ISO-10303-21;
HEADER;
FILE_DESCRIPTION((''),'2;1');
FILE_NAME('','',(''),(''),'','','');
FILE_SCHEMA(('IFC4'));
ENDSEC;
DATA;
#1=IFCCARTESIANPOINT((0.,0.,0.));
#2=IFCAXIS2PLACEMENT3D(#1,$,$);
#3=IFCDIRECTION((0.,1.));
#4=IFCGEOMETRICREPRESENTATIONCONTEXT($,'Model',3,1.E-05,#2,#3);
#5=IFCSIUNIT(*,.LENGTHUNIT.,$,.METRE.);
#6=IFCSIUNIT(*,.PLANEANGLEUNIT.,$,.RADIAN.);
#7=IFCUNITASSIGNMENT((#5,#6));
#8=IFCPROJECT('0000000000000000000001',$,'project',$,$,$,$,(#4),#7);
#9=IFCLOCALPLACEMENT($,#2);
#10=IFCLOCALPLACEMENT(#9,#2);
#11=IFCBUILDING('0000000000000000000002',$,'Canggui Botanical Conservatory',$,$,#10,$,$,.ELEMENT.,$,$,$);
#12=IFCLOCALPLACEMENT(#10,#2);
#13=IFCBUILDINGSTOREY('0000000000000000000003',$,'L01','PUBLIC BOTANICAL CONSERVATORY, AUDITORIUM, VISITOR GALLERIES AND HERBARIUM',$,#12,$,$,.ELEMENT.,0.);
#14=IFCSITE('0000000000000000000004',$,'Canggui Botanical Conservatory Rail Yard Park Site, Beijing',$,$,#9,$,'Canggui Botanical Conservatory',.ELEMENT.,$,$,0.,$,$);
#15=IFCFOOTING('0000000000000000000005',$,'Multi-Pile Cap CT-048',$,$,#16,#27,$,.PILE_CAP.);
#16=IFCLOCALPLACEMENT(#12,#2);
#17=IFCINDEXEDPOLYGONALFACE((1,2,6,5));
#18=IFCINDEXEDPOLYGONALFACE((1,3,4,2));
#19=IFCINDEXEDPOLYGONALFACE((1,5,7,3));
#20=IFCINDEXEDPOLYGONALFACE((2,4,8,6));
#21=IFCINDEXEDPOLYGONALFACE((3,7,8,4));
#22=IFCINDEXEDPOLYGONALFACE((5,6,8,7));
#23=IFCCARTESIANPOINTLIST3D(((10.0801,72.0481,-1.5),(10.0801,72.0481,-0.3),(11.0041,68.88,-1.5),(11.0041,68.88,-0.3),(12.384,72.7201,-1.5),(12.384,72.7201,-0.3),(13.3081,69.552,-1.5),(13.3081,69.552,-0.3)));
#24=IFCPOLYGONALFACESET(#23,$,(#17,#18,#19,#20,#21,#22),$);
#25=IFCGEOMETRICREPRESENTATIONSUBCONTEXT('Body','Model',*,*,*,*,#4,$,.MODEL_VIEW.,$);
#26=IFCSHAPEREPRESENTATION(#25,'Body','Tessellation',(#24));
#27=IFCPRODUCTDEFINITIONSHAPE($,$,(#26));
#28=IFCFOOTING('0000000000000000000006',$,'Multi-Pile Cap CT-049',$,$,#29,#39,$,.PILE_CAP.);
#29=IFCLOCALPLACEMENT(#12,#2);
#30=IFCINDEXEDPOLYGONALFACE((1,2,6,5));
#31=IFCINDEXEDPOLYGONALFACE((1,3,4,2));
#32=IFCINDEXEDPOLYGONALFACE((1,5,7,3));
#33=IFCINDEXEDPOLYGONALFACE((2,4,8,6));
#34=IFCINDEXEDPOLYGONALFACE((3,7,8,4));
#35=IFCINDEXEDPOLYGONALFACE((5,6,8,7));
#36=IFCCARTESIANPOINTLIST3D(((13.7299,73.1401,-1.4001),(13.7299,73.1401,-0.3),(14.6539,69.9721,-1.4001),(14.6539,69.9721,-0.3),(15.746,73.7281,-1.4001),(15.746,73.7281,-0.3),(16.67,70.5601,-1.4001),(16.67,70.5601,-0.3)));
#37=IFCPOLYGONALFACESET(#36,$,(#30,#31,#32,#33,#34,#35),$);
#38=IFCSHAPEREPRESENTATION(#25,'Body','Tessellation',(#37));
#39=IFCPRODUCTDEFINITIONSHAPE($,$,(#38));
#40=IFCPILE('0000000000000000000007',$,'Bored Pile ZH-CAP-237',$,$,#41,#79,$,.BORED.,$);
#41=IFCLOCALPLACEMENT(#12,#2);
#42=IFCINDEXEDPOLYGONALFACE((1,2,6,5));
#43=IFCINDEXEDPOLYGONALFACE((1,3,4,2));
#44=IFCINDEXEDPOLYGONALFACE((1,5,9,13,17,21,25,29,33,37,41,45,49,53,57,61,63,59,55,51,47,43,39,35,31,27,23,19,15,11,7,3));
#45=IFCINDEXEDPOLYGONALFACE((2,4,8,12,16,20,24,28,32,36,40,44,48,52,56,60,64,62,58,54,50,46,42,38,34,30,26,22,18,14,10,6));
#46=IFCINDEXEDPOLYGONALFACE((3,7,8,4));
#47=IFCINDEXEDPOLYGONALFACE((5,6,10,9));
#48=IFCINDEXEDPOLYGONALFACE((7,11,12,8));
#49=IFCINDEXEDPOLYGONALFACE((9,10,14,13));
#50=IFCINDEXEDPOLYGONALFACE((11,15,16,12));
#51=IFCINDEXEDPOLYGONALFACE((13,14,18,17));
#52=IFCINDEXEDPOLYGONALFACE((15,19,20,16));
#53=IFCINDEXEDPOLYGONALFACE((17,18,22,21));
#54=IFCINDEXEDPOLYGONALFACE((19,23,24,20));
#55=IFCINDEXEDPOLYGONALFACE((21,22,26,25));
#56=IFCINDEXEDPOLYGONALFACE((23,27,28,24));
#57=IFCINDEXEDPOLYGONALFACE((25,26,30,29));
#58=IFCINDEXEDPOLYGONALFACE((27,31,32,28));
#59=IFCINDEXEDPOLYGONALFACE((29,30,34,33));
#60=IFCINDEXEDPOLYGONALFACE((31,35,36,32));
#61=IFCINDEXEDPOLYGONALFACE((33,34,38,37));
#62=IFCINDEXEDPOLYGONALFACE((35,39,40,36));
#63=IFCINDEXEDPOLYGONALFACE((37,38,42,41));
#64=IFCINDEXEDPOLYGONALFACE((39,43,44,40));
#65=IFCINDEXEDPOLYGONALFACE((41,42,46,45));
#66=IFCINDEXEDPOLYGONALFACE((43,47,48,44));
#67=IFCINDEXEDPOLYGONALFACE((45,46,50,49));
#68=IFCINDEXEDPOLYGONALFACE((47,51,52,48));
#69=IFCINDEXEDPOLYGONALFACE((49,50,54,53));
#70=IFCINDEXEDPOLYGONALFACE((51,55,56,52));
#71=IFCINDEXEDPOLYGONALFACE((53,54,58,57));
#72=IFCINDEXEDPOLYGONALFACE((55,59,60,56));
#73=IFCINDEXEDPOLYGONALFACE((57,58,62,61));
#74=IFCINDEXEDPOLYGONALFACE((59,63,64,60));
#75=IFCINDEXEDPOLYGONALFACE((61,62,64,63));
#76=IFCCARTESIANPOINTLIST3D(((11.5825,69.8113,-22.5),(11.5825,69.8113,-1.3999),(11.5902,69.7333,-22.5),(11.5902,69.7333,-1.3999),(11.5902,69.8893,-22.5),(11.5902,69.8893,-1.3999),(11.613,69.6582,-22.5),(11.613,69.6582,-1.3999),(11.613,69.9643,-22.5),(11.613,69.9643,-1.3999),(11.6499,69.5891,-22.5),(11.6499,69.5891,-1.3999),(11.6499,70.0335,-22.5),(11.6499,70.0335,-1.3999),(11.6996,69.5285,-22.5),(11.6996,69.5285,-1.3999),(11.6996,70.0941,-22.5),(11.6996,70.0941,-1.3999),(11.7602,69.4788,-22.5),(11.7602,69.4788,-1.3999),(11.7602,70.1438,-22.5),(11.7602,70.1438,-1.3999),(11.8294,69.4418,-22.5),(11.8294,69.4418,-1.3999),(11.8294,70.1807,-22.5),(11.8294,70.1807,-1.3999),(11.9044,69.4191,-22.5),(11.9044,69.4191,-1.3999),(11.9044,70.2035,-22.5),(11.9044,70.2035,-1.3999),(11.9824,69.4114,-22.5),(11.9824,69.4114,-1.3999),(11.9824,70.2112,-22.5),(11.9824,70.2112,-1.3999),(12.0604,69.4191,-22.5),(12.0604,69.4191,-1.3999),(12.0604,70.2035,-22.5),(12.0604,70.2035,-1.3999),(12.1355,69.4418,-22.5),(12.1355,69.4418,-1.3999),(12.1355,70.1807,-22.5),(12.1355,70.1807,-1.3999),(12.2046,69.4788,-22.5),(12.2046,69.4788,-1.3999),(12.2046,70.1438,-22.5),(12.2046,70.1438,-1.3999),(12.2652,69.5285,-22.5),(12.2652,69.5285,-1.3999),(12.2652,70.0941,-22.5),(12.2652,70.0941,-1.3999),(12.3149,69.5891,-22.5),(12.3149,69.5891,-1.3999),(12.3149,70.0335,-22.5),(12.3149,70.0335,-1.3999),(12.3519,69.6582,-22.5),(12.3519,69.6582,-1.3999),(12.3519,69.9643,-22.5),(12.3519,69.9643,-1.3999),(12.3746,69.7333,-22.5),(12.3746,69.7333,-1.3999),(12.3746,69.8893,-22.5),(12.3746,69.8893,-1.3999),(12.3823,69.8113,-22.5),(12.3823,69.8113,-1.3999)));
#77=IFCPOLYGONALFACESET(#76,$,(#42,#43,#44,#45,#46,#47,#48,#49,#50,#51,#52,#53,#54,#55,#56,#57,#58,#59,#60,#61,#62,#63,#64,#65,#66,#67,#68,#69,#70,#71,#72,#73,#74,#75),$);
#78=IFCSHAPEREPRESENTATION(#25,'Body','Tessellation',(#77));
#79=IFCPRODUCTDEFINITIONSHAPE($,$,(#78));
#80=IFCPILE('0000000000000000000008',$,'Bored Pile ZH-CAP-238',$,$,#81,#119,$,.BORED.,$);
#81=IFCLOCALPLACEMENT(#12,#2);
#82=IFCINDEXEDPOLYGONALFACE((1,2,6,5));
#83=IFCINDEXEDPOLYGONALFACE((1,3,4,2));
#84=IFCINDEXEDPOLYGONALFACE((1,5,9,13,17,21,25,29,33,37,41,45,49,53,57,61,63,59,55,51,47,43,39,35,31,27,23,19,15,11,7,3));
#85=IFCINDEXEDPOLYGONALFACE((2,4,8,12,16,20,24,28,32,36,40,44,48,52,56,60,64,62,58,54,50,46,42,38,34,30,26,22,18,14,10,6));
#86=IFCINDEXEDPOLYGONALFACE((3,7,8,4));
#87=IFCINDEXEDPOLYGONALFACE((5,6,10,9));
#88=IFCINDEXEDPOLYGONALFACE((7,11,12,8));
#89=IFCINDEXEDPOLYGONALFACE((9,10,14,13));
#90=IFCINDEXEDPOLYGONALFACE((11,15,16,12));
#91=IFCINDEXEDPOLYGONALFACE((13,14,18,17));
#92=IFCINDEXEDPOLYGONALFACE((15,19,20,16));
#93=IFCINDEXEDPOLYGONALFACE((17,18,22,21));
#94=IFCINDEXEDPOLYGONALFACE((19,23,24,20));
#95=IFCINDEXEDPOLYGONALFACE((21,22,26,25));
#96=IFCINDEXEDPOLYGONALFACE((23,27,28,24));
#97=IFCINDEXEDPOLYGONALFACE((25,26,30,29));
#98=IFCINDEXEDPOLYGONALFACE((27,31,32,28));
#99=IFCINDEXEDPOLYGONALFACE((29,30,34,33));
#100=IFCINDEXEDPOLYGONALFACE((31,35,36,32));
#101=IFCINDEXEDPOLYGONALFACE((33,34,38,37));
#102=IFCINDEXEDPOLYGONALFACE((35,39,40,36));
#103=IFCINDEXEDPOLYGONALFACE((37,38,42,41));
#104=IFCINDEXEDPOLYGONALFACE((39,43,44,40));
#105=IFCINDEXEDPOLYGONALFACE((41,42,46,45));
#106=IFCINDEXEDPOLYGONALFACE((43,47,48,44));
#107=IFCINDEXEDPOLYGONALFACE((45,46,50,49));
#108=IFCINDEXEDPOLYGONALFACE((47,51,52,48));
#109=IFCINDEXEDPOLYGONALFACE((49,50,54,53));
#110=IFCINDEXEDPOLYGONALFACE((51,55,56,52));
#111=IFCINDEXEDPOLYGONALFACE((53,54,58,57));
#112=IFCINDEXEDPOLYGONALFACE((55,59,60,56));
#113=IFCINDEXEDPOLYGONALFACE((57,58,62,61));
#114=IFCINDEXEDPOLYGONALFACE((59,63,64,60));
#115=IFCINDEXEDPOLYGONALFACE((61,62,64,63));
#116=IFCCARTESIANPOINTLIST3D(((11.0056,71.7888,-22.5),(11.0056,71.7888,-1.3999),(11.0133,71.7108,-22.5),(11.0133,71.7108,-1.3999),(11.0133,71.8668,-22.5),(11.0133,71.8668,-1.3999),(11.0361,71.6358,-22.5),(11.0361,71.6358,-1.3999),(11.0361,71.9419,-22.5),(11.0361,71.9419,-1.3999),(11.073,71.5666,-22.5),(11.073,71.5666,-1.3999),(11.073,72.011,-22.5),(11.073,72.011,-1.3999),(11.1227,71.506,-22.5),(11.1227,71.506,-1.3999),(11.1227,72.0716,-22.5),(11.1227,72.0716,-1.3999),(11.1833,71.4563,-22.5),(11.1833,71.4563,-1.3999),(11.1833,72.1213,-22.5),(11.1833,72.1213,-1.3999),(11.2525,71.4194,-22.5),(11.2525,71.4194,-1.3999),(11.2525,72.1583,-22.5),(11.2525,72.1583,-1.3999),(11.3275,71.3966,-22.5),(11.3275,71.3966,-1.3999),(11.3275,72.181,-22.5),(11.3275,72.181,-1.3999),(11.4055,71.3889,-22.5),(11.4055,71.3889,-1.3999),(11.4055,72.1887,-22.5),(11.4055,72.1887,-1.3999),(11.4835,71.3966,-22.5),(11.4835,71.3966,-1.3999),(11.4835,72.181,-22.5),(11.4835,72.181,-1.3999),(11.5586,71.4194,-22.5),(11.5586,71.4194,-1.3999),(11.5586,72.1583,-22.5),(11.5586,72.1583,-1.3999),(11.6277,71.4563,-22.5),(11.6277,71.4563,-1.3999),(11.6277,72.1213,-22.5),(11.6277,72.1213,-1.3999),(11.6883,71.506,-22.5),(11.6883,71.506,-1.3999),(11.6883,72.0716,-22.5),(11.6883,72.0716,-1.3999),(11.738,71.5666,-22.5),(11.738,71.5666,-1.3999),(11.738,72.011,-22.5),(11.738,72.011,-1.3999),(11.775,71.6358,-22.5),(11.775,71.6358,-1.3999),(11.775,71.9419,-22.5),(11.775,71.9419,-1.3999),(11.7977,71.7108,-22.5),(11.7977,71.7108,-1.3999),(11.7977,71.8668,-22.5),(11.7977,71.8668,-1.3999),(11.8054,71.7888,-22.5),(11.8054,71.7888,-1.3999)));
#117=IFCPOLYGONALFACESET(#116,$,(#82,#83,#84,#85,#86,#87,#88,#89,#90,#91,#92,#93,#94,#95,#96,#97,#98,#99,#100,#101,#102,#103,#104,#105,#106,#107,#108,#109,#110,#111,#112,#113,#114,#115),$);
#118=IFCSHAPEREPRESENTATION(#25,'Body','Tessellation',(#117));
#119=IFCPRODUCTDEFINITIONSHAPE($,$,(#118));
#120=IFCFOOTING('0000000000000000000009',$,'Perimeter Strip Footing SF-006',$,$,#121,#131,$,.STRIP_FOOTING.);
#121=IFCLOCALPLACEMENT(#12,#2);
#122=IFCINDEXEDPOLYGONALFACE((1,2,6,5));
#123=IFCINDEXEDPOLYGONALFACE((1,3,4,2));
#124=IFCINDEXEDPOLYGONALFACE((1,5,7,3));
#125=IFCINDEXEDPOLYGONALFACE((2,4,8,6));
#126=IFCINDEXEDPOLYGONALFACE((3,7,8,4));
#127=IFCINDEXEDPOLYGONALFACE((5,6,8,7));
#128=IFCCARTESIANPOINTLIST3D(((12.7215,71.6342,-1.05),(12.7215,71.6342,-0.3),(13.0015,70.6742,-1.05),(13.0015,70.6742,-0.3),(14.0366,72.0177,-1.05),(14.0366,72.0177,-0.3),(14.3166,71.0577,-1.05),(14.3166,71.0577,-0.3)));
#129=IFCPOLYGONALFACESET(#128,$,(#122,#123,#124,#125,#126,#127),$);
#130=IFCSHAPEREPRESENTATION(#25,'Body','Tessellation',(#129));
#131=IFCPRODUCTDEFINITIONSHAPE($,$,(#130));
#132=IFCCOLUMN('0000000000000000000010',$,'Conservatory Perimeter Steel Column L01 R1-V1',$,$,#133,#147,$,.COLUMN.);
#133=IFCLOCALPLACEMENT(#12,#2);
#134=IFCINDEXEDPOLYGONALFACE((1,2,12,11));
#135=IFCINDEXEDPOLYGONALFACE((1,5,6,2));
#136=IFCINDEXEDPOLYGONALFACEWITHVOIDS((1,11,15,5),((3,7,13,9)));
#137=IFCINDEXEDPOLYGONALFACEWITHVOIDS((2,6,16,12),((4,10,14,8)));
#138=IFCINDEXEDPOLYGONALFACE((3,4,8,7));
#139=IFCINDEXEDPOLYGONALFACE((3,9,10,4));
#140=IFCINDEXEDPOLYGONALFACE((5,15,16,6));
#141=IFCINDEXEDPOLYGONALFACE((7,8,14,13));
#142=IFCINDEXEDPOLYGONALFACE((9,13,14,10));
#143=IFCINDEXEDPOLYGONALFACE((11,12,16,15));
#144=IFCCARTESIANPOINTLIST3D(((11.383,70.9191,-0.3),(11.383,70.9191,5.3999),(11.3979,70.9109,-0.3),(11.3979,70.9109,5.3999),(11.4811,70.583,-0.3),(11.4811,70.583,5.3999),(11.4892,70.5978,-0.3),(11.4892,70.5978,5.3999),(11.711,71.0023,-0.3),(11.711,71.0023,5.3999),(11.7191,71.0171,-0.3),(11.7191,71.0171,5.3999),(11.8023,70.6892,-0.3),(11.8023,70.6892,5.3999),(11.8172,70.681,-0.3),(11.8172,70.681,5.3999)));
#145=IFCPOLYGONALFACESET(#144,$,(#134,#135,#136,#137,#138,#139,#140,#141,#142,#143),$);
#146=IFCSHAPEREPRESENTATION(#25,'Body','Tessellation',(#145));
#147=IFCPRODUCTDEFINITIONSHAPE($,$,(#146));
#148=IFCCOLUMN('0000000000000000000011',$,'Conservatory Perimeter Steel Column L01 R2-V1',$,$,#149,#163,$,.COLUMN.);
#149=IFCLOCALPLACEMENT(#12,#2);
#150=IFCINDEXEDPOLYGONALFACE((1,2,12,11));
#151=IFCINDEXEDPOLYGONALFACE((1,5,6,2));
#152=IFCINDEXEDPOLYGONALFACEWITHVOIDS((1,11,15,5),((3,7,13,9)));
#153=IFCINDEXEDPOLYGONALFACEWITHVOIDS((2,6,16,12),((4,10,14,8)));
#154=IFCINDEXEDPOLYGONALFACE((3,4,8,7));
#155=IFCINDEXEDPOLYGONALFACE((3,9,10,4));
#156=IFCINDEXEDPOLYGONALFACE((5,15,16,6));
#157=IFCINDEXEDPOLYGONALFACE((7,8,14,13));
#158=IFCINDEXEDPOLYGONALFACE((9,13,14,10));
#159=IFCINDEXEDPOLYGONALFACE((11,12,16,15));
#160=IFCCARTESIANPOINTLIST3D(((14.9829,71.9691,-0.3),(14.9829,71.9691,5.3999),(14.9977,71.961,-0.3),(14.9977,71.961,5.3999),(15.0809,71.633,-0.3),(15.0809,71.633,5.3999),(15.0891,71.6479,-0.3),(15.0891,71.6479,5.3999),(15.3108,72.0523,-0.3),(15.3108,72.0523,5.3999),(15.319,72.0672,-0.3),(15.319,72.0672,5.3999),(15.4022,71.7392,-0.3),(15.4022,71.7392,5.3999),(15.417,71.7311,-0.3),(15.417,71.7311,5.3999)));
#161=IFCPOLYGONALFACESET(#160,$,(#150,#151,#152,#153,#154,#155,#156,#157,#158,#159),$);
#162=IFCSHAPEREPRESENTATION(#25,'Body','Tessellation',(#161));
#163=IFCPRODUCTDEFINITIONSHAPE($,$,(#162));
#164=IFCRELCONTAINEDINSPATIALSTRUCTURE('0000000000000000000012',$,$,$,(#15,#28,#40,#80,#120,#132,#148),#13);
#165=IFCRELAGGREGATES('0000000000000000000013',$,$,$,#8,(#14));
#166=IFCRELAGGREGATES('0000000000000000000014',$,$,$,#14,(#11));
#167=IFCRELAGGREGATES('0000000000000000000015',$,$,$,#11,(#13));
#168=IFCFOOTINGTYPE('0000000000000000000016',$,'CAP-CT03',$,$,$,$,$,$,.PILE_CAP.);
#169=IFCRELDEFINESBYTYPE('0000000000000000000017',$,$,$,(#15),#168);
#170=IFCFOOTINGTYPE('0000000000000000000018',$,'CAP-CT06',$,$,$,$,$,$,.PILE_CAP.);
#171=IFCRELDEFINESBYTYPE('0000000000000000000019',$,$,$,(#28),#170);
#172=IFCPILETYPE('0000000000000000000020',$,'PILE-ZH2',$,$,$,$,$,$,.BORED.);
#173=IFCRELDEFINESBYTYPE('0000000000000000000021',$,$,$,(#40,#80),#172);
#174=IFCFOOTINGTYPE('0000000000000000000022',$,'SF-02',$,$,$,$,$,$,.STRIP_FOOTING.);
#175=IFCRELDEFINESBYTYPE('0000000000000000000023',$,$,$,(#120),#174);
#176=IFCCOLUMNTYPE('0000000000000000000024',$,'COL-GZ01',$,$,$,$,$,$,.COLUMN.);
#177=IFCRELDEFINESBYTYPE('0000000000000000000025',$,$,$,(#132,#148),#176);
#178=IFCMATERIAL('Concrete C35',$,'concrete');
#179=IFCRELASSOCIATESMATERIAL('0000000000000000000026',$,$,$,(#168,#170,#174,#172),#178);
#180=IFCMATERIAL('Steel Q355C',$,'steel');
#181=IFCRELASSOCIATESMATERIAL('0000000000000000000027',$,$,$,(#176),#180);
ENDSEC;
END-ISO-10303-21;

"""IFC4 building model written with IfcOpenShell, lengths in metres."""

from ifc_helpers import new_model, si_unit, direction, frame, origin, origin_2d, place, context, subcontext, project, spatial, rectangle, hollow_rectangle, circle, extrude, material, material_profile, profile_set, type_object, element, save


model = new_model("IFC4")

# Units and contexts
model_context = context("Model", 3, precision=1e-05, world=origin(), true_north=direction((0.0, 1.0)))
body_context = subcontext(model_context, "Body", "Model", "MODEL_VIEW")
ifc_project = project(units=[si_unit("LENGTHUNIT", "METRE"), si_unit("PLANEANGLEUNIT", "RADIAN")], contexts=[model_context])

# Site, building, storey
site_placement = place(None, origin())
site = spatial("IfcSite", under=ifc_project, at=site_placement, Name="Canggui Botanical Conservatory Rail Yard Park Site, Beijing", LongName="Canggui Botanical Conservatory", CompositionType="ELEMENT", RefElevation=0.0)
building_placement = place(site_placement, origin())
building = spatial("IfcBuilding", under=site, at=building_placement, Name="Canggui Botanical Conservatory", CompositionType="ELEMENT")
storey_placement = place(building_placement, origin())
storey = spatial("IfcBuildingStorey", under=building, at=storey_placement, Name="L01", Description="PUBLIC BOTANICAL CONSERVATORY, AUDITORIUM, VISITOR GALLERIES AND HERBARIUM", CompositionType="ELEMENT", Elevation=0.0)

# Footings
ifc_material_1 = material(Name="Concrete C35", Category="concrete")
footing_type_1 = type_object("IfcFootingType", Name="CAP-CT03", PredefinedType="PILE_CAP", material=ifc_material_1)
footing_1_placement = place(storey_placement, frame((11.6941, 70.8, -1.5), z_axis=(0.0, 0.0, 1.0), x_axis=(-0.28, 0.96, 0.0)))
element("IfcFooting", 1, at=footing_1_placement, inside=storey, type_object=footing_type_1, Name="Multi-Pile Cap CT-048", PredefinedType="PILE_CAP", context=body_context, shape_type="SweptSolid", body=[
    extrude(rectangle(XDim=3.3, YDim=2.3999, at=origin_2d()), origin(), (0.0, 0.0, 1.0), 1.2),
])
footing_type_2 = type_object("IfcFootingType", Name="CAP-CT06", PredefinedType="PILE_CAP", material=ifc_material_1)
footing_2_placement = place(storey_placement, frame((15.2, 71.8501, -1.4001), z_axis=(0.0, 0.0, 1.0), x_axis=(-0.28, 0.96, 0.0)))
element("IfcFooting", 2, at=footing_2_placement, inside=storey, type_object=footing_type_2, Name="Multi-Pile Cap CT-049", PredefinedType="PILE_CAP", context=body_context, shape_type="SweptSolid", body=[
    extrude(rectangle(XDim=3.3, YDim=2.1001, at=origin_2d()), origin(), (0.0, 0.0, 1.0), 1.1001),
])

# Piles
ifc_material_profile_1 = material_profile(ifc_material_1, circle(Radius=0.3999, at=origin_2d()), Name="PILE D800")
ifc_profile_set_1 = profile_set([ifc_material_profile_1], Name="Concrete C35")
pile_type = type_object("IfcPileType", Name="PILE-ZH2", PredefinedType="BORED", material=ifc_profile_set_1)
for number, where, z_axis, x_axis, name in (
    (3, (11.9824, 69.8113, -1.3999), (0.0, 0.0, -1.0), (1.0, 0.0, 0.0), "Bored Pile ZH-CAP-237"),
    (4, (11.4055, 71.7888, -1.3999), (0.0, 0.0, -1.0), (1.0, 0.0, 0.0), "Bored Pile ZH-CAP-238"),
):
    element("IfcPile", number, at=place(storey_placement, frame(where, z_axis=z_axis, x_axis=x_axis)), inside=storey, type_object=pile_type, Name=name, PredefinedType="BORED", context=body_context, shape_type="SweptSolid", body=[
        extrude(circle(Radius=0.3999, at=origin_2d()), origin(), (0.0, 0.0, 1.0), 21.1001),
    ])

# Footing
footing_type_3 = type_object("IfcFootingType", Name="SF-02", PredefinedType="STRIP_FOOTING", material=ifc_material_1)
footing_3_placement = place(storey_placement, frame((13.519, 71.3459, -1.05), z_axis=(0.0, 0.0, 1.0), x_axis=(0.96, 0.28, 0.0)))
element("IfcFooting", 5, at=footing_3_placement, inside=storey, type_object=footing_type_3, Name="Perimeter Strip Footing SF-006", PredefinedType="STRIP_FOOTING", context=body_context, shape_type="SweptSolid", body=[
    extrude(rectangle(XDim=1.3699, YDim=1.0, at=origin_2d()), origin(), (0.0, 0.0, 1.0), 0.75),
])

# Columns
ifc_material_2 = material(Name="Steel Q355C", Category="steel")
ifc_material_profile_2 = material_profile(ifc_material_2, hollow_rectangle(XDim=0.3501, YDim=0.3501, WallThickness=0.012, at=origin_2d()), Name="SHS 350x350x12")
ifc_profile_set_2 = profile_set([ifc_material_profile_2], Name="Steel Q355C")
column_type = type_object("IfcColumnType", Name="COL-GZ01", PredefinedType="COLUMN", material=ifc_profile_set_2)
for number, where, z_axis, x_axis, name in (
    (6, (11.6001, 70.8, -0.3), (0.0, 0.0, 1.0), (0.96, 0.28, 0.0), "Conservatory Perimeter Steel Column L01 R1-V1"),
    (7, (15.2, 71.8501, -0.3), (0.0, 0.0, 1.0), (0.96, 0.28, 0.0), "Conservatory Perimeter Steel Column L01 R2-V1"),
):
    element("IfcColumn", number, at=place(storey_placement, frame(where, z_axis=z_axis, x_axis=x_axis)), inside=storey, type_object=column_type, Name=name, PredefinedType="COLUMN", context=body_context, shape_type="SweptSolid", body=[
        extrude(hollow_rectangle(XDim=0.3501, YDim=0.3501, WallThickness=0.012, at=origin_2d()), origin(), (0.0, 0.0, 1.0), 5.7),
    ])

save(model, "model.ifc")
